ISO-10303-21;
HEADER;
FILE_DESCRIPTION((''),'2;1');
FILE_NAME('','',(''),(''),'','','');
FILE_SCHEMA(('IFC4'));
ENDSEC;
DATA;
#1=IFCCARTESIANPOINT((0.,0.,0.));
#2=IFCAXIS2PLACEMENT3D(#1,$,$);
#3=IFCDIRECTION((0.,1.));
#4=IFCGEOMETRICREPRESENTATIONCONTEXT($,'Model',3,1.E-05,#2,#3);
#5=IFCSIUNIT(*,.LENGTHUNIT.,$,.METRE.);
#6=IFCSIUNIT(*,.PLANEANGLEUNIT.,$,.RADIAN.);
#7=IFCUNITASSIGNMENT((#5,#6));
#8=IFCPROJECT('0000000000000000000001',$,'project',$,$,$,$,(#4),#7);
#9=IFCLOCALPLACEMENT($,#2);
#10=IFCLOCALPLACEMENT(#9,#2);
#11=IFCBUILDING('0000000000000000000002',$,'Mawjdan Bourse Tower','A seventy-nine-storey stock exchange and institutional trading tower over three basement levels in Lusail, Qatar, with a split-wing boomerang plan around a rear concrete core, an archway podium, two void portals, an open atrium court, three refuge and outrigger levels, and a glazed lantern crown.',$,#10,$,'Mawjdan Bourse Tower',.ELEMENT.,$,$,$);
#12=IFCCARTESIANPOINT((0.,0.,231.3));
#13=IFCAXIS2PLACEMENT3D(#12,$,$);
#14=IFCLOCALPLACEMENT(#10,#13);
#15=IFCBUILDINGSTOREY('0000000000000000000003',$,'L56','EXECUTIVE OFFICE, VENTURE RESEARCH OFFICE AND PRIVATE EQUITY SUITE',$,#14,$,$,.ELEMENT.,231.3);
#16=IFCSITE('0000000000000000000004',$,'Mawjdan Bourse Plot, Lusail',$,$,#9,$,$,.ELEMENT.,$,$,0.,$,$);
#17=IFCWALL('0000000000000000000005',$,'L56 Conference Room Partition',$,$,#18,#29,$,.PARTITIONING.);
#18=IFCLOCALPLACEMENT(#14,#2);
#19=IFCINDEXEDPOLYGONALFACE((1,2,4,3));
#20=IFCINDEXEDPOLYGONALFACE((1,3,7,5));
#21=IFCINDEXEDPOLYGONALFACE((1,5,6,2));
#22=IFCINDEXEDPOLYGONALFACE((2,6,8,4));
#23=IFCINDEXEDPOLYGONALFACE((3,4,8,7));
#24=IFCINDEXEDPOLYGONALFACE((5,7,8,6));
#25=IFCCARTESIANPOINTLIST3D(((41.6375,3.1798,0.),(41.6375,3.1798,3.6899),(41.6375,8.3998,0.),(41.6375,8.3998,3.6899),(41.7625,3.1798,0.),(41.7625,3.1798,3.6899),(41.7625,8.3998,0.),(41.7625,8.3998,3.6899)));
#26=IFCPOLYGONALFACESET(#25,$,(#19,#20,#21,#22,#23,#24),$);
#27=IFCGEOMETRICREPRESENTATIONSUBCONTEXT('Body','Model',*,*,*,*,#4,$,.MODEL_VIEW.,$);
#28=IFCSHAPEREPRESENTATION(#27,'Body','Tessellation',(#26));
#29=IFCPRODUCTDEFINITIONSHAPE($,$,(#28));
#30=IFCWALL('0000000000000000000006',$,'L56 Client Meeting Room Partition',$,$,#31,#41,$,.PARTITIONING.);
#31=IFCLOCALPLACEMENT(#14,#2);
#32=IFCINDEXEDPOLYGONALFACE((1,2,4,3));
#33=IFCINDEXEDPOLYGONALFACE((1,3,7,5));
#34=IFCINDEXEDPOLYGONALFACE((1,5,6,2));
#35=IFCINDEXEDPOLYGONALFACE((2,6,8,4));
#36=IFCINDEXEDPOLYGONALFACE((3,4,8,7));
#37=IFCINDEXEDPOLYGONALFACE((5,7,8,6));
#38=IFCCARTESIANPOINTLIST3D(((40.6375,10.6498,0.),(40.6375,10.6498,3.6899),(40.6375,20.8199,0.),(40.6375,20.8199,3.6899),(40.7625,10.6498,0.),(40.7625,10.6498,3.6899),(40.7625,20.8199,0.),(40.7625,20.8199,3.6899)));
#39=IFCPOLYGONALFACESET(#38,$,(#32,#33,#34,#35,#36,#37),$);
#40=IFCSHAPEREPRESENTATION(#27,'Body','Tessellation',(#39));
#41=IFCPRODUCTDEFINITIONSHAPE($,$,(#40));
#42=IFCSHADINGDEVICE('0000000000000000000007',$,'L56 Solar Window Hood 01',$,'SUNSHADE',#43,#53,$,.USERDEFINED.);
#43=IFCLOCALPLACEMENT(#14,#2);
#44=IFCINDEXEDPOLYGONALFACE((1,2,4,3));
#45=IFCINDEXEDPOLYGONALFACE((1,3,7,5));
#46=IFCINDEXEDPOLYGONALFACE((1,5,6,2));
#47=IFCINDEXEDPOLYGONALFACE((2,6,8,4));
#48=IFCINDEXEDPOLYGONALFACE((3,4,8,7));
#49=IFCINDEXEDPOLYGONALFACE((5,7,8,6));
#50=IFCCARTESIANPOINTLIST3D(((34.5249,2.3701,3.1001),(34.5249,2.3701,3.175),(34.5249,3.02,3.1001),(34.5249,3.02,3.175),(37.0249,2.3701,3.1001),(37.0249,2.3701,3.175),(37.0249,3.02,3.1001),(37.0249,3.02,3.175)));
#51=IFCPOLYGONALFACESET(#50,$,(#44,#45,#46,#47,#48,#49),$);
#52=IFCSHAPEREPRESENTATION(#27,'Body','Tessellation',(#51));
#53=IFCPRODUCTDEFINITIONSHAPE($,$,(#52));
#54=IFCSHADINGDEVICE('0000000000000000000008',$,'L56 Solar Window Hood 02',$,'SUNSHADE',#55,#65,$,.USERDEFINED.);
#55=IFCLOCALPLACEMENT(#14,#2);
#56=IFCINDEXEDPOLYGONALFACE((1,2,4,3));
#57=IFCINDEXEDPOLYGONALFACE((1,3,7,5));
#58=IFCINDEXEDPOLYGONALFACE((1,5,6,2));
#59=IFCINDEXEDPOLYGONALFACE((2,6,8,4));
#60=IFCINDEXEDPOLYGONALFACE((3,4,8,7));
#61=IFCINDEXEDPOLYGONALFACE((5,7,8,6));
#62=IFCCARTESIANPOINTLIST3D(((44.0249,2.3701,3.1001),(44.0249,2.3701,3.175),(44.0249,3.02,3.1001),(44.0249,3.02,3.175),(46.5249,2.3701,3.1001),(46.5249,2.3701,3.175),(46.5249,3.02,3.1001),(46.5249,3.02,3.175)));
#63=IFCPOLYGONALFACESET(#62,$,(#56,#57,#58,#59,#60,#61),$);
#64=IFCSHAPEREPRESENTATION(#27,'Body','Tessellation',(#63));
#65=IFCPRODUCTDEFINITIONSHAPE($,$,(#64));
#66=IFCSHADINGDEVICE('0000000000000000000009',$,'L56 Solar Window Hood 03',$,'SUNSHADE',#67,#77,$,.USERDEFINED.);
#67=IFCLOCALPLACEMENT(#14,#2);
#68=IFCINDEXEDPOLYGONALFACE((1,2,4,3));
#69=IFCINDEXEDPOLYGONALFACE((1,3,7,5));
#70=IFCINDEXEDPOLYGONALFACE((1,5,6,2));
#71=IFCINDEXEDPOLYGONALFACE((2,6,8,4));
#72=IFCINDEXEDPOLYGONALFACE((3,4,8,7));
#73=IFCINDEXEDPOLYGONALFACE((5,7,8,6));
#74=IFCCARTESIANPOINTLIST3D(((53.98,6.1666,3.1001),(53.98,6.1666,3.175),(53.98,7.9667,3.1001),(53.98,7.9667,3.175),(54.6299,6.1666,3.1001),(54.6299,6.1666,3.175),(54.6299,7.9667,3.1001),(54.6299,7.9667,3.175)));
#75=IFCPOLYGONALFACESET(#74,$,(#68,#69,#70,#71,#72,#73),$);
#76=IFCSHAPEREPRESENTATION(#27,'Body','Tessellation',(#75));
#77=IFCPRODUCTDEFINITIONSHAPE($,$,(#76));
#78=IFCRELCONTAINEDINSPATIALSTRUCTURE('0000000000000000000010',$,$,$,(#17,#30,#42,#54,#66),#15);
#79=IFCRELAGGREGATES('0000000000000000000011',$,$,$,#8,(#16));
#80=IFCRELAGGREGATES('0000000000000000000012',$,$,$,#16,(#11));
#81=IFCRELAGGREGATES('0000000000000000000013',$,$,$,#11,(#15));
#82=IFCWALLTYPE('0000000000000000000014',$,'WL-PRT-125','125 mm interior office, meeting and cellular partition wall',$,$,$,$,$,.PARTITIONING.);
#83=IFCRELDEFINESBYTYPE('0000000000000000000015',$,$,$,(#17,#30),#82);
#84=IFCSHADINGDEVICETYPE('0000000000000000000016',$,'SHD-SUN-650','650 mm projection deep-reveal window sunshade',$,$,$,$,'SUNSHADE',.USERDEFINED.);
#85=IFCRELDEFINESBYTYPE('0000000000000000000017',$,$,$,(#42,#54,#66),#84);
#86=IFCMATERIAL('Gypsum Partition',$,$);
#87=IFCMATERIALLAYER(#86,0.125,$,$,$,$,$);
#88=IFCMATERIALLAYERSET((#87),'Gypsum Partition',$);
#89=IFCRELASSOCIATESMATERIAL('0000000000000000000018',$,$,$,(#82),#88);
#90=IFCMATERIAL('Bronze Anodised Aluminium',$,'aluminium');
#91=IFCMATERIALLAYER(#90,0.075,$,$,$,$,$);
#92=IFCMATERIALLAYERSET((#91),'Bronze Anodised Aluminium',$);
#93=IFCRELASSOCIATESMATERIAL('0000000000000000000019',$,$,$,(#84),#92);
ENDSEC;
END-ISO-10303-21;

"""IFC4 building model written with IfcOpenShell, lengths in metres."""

from ifc_helpers import new_model, si_unit, direction, frame, frame_2d, origin, origin_2d, place, context, subcontext, project, spatial, rectangle, extrude, material, layer, layer_set, type_object, element, save


model = new_model("IFC4")

# Units and contexts
model_context = context("Model", 3, precision=1e-05, world=origin(), true_north=direction((0.0, 1.0)))
body_context = subcontext(model_context, "Body", "Model", "MODEL_VIEW")
ifc_project = project(units=[si_unit("LENGTHUNIT", "METRE"), si_unit("PLANEANGLEUNIT", "RADIAN")], contexts=[model_context])

# Site, building, storey
site_placement = place(None, origin())
site = spatial("IfcSite", under=ifc_project, at=site_placement, Name="Mawjdan Bourse Plot, Lusail", CompositionType="ELEMENT", RefElevation=0.0)
building_placement = place(site_placement, origin())
building = spatial("IfcBuilding", under=site, at=building_placement, Name="Mawjdan Bourse Tower", Description="A seventy-nine-storey stock exchange and institutional trading tower over three basement levels in Lusail, Qatar, with a split-wing boomerang plan around a rear concrete core, an archway podium, two void portals, an open atrium court, three refuge and outrigger levels, and a glazed lantern crown.", LongName="Mawjdan Bourse Tower", CompositionType="ELEMENT")
storey_placement = place(building_placement, frame((0.0, 0.0, 231.3)))
storey = spatial("IfcBuildingStorey", under=building, at=storey_placement, Name="L56", Description="EXECUTIVE OFFICE, VENTURE RESEARCH OFFICE AND PRIVATE EQUITY SUITE", CompositionType="ELEMENT", Elevation=231.3)

# Walls
ifc_material_1 = material(Name="Gypsum Partition")
ifc_layer_1 = layer(ifc_material_1, 0.125)
ifc_layer_set_1 = layer_set([ifc_layer_1], Name="Gypsum Partition")
wall_type_1 = type_object("IfcWallType", Name="WL-PRT-125", Description="125 mm interior office, meeting and cellular partition wall", PredefinedType="PARTITIONING", material=ifc_layer_set_1)
for number, where, z_axis, x_axis, name in (
    (1, (41.7, 3.1799, 0.0), (0.0, 0.0, 1.0), (0.0, 1.0, 0.0), "L56 Conference Room Partition"),
):
    element("IfcWall", number, at=place(storey_placement, frame(where, z_axis=z_axis, x_axis=x_axis)), inside=storey, type_object=wall_type_1, Name=name, PredefinedType="PARTITIONING", context=body_context, shape_type="SweptSolid", body=[
        extrude(rectangle(XDim=5.22, YDim=0.125, at=frame_2d((2.6099, 0.0))), origin(), (0.0, 0.0, 1.0), 3.6899),
    ])
wall_1_placement = place(storey_placement, frame((40.7, 10.6499, 0.0), z_axis=(0.0, 0.0, 1.0), x_axis=(0.0, 1.0, 0.0)))
element("IfcWall", 2, at=wall_1_placement, inside=storey, type_object=wall_type_1, Name="L56 Client Meeting Room Partition", PredefinedType="PARTITIONING", context=body_context, shape_type="SweptSolid", body=[
    extrude(rectangle(XDim=10.1702, YDim=0.125, at=frame_2d((5.085, 0.0))), origin(), (0.0, 0.0, 1.0), 3.6899),
])

# Shading devices
ifc_material_2 = material(Name="Bronze Anodised Aluminium", Category="aluminium")
ifc_layer_2 = layer(ifc_material_2, 0.075)
ifc_layer_set_2 = layer_set([ifc_layer_2], Name="Bronze Anodised Aluminium")
shading_device_type = type_object("IfcShadingDeviceType", Name="SHD-SUN-650", Description="650 mm projection deep-reveal window sunshade", ElementType="SUNSHADE", PredefinedType="USERDEFINED", material=ifc_layer_set_2)
for number, where, z_axis, x_axis, name in (
    (3, (35.7749, 2.6951, 3.1001), (0.0, 0.0, 1.0), (1.0, 0.0, 0.0), "L56 Solar Window Hood 01"),
    (4, (45.2749, 2.6951, 3.1001), (0.0, 0.0, 1.0), (1.0, 0.0, 0.0), "L56 Solar Window Hood 02"),
):
    element("IfcShadingDevice", number, at=place(storey_placement, frame(where, z_axis=z_axis, x_axis=x_axis)), inside=storey, type_object=shading_device_type, Name=name, ObjectType="SUNSHADE", PredefinedType="USERDEFINED", context=body_context, shape_type="SweptSolid", body=[
        extrude(rectangle(XDim=2.5, YDim=0.6499, at=origin_2d()), origin(), (0.0, 0.0, 1.0), 0.075),
    ])
shading_device_placement = place(storey_placement, frame((54.3049, 7.0667, 3.1001), z_axis=(0.0, 0.0, 1.0), x_axis=(0.0, 1.0, 0.0)))
element("IfcShadingDevice", 5, at=shading_device_placement, inside=storey, type_object=shading_device_type, Name="L56 Solar Window Hood 03", ObjectType="SUNSHADE", PredefinedType="USERDEFINED", context=body_context, shape_type="SweptSolid", body=[
    extrude(rectangle(XDim=1.8, YDim=0.6499, at=origin_2d()), origin(), (0.0, 0.0, 1.0), 0.075),
])

save(model, "model.ifc")
